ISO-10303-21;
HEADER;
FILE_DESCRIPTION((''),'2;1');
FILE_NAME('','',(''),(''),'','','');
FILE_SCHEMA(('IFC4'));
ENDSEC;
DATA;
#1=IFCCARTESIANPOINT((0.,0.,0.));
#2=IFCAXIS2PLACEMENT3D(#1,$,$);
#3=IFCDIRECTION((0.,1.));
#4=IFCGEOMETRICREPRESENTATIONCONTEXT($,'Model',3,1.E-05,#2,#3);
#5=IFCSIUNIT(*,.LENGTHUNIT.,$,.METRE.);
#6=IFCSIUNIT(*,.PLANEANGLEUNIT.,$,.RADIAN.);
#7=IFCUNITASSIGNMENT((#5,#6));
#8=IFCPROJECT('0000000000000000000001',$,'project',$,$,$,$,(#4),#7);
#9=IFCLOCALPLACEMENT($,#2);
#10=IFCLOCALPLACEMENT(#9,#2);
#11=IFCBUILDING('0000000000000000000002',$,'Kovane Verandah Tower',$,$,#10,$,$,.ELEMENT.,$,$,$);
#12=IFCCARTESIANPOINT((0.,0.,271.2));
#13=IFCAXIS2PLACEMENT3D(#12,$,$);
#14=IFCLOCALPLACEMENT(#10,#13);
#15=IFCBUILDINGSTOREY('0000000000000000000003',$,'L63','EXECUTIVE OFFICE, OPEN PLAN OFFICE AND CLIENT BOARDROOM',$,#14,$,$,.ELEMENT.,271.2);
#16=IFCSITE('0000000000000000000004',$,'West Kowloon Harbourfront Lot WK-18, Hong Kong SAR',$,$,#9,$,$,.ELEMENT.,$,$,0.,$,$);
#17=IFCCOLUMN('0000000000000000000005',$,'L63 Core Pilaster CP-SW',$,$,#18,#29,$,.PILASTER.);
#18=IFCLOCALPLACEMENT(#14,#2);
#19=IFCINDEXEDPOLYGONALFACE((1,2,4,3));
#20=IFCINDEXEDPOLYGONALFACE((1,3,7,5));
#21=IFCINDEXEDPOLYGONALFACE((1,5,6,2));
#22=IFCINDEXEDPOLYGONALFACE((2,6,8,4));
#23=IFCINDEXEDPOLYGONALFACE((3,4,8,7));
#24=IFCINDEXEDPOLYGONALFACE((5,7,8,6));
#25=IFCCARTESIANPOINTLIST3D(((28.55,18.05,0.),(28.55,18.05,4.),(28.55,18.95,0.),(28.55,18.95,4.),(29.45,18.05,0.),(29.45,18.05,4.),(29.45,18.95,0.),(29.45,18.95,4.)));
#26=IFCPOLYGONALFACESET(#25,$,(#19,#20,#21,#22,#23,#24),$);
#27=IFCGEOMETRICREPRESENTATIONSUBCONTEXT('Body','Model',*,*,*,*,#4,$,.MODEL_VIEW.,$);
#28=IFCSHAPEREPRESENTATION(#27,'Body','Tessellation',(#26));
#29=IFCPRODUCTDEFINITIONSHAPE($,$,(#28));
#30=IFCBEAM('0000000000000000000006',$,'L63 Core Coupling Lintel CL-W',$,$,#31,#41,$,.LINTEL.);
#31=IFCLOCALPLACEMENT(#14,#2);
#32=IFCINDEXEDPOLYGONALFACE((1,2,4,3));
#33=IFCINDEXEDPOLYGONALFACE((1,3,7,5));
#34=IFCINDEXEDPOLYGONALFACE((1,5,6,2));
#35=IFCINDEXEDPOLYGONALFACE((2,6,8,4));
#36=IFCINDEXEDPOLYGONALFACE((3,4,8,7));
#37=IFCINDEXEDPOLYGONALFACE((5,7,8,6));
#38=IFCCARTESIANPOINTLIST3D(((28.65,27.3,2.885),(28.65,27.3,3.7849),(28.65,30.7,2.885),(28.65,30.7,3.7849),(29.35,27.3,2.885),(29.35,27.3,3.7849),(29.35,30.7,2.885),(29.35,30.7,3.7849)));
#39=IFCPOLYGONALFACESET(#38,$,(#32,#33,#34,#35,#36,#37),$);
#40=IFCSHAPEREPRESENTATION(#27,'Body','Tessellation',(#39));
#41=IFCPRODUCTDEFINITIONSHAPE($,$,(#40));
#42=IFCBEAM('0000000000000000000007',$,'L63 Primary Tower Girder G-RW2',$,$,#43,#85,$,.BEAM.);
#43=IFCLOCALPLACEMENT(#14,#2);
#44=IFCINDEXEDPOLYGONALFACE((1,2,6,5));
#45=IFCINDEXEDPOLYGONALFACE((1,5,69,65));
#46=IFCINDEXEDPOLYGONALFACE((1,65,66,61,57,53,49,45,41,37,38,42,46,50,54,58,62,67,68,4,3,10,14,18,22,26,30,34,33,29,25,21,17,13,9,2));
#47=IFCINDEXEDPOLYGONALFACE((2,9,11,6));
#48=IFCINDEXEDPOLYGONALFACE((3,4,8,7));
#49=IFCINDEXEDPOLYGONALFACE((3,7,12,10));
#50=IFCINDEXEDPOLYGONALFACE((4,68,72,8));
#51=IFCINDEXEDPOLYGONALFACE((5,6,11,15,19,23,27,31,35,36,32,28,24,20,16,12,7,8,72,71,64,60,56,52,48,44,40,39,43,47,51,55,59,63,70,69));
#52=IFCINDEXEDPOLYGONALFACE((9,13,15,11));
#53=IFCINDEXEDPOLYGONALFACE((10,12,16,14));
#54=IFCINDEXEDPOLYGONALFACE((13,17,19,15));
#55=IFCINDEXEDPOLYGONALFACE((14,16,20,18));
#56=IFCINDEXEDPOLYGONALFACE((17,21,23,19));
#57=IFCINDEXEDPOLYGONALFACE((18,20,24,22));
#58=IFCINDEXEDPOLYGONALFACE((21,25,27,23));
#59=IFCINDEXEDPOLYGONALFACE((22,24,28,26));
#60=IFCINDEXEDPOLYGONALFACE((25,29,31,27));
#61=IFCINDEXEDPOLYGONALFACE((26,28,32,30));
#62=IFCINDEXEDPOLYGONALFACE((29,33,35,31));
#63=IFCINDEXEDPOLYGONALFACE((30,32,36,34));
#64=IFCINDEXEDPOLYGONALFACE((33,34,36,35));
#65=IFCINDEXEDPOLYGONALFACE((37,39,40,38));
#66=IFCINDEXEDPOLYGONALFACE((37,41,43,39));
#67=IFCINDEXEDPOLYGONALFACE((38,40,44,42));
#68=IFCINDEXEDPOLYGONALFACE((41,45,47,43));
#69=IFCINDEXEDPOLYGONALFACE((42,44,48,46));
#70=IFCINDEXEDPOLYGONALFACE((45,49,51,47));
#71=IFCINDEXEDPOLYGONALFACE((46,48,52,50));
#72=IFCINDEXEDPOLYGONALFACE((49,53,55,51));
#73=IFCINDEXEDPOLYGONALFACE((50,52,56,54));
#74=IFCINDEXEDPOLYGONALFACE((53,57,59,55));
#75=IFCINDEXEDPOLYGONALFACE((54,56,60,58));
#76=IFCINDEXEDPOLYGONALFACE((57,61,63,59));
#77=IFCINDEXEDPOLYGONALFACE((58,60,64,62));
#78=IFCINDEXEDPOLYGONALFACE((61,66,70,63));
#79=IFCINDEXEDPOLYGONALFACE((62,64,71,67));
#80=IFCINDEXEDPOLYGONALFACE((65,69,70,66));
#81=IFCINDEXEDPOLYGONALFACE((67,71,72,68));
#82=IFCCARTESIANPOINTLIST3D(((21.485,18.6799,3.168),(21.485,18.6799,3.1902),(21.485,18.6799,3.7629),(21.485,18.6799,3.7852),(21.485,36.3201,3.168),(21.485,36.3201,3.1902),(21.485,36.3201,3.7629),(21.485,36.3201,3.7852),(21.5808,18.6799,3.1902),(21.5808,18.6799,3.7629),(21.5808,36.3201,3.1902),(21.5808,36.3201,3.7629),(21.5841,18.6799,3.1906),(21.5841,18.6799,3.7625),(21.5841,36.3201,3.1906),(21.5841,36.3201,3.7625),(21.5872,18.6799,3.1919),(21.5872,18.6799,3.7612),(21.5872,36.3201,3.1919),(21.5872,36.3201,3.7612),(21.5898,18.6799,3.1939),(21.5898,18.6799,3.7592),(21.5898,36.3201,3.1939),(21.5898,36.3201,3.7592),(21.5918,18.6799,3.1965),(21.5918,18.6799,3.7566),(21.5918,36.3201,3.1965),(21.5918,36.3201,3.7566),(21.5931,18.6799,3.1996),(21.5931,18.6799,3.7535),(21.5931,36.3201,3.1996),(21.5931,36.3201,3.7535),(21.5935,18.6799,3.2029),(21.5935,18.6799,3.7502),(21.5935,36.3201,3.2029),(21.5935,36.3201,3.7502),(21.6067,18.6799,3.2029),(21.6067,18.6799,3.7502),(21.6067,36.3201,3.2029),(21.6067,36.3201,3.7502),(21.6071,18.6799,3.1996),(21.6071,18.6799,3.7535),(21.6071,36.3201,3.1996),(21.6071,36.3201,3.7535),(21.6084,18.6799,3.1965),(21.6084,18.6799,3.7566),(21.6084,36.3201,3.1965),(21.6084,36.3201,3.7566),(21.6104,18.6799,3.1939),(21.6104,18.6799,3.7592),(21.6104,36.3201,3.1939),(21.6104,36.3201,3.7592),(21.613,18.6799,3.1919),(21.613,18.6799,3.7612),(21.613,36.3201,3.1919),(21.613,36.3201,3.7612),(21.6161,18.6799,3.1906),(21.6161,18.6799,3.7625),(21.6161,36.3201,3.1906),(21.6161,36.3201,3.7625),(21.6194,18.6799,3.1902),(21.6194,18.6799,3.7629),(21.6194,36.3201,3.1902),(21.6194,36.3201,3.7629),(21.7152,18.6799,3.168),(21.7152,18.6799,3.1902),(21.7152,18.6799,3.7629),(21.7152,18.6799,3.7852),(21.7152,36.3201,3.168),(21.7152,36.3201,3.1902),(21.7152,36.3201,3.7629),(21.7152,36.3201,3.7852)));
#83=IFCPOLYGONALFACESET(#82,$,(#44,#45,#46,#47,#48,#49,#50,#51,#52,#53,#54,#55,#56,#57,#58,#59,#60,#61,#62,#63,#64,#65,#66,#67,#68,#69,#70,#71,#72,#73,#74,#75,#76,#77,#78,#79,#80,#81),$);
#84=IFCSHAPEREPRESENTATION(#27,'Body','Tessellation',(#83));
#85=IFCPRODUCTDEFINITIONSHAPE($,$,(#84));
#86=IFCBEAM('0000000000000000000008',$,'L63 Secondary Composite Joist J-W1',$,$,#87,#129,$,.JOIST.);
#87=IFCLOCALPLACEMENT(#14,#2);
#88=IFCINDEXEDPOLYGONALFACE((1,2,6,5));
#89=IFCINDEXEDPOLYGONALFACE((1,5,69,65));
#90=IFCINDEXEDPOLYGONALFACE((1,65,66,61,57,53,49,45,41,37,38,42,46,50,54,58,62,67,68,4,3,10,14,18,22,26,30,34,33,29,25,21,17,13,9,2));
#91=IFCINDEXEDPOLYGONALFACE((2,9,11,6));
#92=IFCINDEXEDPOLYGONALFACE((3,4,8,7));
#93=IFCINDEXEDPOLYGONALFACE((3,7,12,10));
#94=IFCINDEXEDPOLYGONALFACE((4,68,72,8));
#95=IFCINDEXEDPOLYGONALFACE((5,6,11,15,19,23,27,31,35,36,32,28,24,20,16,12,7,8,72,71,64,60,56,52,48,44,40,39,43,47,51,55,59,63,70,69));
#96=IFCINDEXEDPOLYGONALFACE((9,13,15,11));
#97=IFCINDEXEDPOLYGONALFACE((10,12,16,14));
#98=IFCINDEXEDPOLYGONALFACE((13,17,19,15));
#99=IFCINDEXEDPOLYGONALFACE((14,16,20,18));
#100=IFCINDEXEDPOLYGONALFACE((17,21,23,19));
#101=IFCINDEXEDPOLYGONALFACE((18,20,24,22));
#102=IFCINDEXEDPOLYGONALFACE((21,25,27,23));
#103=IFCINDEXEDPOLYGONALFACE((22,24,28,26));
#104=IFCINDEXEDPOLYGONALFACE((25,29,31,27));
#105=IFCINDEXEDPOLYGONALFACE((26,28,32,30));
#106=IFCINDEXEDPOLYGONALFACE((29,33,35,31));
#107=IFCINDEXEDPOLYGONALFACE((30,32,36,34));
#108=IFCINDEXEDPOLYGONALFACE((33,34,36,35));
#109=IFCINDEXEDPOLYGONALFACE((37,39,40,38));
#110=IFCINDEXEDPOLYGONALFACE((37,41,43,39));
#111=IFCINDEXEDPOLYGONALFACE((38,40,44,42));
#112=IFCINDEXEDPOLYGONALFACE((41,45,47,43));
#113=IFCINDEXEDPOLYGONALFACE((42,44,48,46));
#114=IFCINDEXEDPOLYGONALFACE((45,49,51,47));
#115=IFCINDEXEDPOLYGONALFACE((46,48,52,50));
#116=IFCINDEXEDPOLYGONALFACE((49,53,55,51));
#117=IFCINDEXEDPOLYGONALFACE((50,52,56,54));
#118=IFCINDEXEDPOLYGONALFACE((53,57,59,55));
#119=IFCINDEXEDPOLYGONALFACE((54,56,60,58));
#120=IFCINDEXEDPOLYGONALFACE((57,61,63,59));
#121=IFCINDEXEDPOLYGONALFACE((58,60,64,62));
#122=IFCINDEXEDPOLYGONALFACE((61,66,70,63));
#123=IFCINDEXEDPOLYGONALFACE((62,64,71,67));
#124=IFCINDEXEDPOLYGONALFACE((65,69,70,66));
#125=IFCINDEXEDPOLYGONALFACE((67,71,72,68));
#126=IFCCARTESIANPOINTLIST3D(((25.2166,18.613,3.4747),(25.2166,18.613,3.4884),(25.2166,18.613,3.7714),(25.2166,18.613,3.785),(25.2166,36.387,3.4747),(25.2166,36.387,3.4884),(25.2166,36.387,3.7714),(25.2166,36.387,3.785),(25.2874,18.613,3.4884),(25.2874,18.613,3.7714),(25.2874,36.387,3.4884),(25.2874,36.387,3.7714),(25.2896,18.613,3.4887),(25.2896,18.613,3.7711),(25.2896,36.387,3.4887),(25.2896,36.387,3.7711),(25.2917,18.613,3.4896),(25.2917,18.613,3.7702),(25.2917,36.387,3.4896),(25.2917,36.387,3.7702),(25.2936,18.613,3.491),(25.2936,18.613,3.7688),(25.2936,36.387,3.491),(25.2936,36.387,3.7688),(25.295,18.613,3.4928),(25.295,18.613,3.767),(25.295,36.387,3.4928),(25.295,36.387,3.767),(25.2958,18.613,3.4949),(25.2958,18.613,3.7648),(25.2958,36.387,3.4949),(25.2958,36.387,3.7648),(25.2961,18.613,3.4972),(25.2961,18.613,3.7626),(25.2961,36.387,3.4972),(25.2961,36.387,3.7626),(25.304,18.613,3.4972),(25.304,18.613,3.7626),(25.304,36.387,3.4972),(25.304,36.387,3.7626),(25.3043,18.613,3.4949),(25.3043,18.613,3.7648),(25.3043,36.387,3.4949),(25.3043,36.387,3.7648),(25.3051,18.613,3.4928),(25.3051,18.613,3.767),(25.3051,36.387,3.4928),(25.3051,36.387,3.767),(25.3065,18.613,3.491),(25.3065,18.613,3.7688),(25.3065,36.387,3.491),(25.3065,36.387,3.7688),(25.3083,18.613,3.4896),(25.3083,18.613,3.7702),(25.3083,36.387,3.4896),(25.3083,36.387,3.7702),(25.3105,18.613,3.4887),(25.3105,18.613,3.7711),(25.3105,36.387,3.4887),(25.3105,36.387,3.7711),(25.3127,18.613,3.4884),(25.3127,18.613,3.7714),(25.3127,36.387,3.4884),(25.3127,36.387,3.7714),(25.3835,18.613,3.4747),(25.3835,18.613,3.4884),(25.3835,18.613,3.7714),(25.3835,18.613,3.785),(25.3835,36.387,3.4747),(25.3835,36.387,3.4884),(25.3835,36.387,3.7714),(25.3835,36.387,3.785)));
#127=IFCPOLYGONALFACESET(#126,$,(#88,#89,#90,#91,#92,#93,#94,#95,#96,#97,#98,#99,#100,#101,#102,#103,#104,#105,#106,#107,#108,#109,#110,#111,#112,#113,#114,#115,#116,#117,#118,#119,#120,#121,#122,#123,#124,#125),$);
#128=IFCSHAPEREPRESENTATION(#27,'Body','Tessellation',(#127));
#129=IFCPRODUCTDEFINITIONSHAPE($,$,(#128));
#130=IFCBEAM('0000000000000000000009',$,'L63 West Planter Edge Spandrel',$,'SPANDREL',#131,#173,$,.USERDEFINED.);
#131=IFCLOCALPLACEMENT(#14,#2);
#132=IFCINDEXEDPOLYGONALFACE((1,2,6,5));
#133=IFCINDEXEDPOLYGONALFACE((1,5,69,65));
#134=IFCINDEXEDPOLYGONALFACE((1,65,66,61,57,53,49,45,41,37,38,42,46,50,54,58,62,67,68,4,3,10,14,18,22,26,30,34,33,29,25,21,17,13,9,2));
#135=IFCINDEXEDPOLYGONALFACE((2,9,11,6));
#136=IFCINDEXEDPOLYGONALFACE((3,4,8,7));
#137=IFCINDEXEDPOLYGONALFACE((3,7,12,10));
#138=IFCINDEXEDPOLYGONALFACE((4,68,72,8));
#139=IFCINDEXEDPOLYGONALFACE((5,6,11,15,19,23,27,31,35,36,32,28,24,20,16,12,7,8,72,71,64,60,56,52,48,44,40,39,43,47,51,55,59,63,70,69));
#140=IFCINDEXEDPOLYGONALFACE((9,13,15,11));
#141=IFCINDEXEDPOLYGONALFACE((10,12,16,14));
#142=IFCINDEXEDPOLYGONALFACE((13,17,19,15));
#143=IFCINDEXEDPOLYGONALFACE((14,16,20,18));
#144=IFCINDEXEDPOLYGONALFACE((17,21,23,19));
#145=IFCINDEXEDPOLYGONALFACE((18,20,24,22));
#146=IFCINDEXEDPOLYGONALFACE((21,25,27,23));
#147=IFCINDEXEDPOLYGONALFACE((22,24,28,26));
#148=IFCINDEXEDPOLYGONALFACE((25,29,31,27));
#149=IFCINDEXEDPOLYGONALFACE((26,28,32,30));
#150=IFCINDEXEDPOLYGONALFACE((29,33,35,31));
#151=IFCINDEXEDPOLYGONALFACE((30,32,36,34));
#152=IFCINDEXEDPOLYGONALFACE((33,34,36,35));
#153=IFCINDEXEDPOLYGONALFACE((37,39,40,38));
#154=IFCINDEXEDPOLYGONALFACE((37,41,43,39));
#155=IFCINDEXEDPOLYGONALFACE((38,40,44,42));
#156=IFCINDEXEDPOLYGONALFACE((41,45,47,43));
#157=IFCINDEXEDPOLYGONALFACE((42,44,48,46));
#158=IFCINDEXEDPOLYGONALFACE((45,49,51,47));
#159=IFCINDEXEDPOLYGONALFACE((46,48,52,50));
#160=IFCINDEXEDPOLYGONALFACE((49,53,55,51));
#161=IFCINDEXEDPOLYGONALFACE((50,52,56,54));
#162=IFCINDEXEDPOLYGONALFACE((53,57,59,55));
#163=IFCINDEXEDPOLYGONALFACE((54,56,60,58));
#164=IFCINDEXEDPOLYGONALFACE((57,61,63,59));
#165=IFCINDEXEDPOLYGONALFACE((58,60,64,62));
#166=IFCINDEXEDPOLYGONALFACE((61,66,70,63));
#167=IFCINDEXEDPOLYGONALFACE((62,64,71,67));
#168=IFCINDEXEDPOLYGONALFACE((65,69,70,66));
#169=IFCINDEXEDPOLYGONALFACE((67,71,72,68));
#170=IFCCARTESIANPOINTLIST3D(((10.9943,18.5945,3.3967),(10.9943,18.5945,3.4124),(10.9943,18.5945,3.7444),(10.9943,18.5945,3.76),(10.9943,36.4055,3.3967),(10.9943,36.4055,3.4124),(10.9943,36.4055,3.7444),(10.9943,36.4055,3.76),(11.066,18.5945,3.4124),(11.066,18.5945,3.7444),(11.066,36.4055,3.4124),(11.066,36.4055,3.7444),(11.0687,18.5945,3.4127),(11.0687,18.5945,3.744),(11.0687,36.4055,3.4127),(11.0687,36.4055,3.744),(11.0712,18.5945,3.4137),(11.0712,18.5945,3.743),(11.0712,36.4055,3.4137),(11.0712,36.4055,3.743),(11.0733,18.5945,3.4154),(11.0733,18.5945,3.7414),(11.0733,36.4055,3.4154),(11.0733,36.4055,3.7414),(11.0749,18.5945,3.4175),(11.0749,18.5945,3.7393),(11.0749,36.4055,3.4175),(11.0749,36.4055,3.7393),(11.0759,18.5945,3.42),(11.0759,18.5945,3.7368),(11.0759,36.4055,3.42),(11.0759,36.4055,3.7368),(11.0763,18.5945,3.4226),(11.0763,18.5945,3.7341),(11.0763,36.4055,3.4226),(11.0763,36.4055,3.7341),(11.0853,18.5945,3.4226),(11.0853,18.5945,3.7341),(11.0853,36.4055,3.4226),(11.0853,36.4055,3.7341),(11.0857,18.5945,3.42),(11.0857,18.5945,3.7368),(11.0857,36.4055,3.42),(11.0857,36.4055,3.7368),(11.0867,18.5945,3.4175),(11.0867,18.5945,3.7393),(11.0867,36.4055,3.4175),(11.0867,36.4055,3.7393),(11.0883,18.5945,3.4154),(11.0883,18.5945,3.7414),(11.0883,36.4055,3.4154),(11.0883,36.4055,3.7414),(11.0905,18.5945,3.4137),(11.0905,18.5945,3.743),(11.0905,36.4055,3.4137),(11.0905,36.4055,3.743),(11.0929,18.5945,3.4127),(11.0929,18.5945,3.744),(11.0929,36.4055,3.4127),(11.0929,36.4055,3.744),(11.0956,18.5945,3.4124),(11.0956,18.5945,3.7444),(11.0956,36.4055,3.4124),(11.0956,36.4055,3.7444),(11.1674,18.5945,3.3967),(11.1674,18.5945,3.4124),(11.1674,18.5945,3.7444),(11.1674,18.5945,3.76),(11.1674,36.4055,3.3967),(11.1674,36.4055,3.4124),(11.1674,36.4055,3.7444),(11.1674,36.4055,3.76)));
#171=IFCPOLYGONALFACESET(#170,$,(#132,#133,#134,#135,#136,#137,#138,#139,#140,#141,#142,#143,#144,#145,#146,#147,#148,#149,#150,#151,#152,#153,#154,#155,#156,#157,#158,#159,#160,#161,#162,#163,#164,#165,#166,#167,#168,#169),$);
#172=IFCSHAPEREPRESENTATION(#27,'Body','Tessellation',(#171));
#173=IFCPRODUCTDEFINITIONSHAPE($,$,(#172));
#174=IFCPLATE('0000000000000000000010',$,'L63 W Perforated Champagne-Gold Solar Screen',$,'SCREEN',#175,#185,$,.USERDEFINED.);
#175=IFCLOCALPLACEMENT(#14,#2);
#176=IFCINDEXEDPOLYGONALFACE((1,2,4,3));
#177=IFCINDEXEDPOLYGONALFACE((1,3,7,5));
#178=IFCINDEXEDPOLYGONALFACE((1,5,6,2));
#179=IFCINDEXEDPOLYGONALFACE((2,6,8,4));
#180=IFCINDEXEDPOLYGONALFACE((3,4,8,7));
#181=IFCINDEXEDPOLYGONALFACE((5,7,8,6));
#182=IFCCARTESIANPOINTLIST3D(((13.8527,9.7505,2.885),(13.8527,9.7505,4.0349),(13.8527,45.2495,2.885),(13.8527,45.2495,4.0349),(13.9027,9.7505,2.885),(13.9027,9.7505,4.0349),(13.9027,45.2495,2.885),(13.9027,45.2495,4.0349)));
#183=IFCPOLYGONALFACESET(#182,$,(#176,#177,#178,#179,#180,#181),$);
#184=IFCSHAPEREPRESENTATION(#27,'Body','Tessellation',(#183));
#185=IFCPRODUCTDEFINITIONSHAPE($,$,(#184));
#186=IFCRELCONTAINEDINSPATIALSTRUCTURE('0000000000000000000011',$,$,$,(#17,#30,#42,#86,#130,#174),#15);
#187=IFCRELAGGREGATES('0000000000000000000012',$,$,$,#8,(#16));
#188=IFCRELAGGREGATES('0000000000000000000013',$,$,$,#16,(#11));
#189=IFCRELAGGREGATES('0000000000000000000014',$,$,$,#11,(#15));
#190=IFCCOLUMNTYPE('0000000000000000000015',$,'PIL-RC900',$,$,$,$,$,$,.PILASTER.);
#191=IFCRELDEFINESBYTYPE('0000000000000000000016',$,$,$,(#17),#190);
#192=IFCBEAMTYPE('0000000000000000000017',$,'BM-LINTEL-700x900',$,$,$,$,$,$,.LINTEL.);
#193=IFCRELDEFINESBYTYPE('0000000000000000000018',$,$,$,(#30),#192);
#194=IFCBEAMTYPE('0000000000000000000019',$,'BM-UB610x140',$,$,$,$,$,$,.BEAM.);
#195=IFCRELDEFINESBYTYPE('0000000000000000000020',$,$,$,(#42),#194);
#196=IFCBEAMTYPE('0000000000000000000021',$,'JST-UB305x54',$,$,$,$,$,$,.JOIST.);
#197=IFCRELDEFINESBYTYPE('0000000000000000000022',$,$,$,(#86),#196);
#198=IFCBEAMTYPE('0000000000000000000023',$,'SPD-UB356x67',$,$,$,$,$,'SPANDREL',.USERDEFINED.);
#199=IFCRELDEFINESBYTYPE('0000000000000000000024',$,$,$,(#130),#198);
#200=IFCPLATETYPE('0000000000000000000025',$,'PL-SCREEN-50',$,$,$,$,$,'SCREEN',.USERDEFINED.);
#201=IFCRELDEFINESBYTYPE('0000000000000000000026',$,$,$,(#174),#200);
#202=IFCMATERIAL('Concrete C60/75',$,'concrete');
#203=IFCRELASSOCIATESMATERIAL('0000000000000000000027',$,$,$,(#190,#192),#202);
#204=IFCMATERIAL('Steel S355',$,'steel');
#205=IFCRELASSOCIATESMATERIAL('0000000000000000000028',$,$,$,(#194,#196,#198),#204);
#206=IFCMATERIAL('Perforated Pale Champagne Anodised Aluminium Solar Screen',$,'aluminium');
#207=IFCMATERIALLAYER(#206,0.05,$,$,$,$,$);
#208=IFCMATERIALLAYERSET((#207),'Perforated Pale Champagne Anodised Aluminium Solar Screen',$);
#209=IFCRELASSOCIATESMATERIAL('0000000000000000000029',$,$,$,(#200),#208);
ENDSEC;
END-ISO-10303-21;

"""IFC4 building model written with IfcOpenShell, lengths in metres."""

from ifc_helpers import new_model, si_unit, direction, frame, origin, origin_2d, place, context, subcontext, project, spatial, rectangle, i_section, extrude, material, layer, layer_set, material_profile, profile_set, type_object, element, save


model = new_model("IFC4")

# Units and contexts
model_context = context("Model", 3, precision=1e-05, world=origin(), true_north=direction((0.0, 1.0)))
body_context = subcontext(model_context, "Body", "Model", "MODEL_VIEW")
ifc_project = project(units=[si_unit("LENGTHUNIT", "METRE"), si_unit("PLANEANGLEUNIT", "RADIAN")], contexts=[model_context])

# Site, building, storey
site_placement = place(None, origin())
site = spatial("IfcSite", under=ifc_project, at=site_placement, Name="West Kowloon Harbourfront Lot WK-18, Hong Kong SAR", CompositionType="ELEMENT", RefElevation=0.0)
building_placement = place(site_placement, origin())
building = spatial("IfcBuilding", under=site, at=building_placement, Name="Kovane Verandah Tower", CompositionType="ELEMENT")
storey_placement = place(building_placement, frame((0.0, 0.0, 271.2)))
storey = spatial("IfcBuildingStorey", under=building, at=storey_placement, Name="L63", Description="EXECUTIVE OFFICE, OPEN PLAN OFFICE AND CLIENT BOARDROOM", CompositionType="ELEMENT", Elevation=271.2)

# Column
ifc_material_1 = material(Name="Concrete C60/75", Category="concrete")
ifc_material_profile_1 = material_profile(ifc_material_1, rectangle(XDim=0.8999, YDim=0.8999, at=origin_2d()), Name="RC900x900")
ifc_profile_set_1 = profile_set([ifc_material_profile_1], Name="Concrete C60/75")
column_type = type_object("IfcColumnType", Name="PIL-RC900", PredefinedType="PILASTER", material=ifc_profile_set_1)
column_placement = place(storey_placement, frame((29.0, 18.5, 0.0), z_axis=(0.0, 0.0, 1.0), x_axis=(1.0, 0.0, 0.0)))
element("IfcColumn", 1, at=column_placement, inside=storey, type_object=column_type, Name="L63 Core Pilaster CP-SW", PredefinedType="PILASTER", context=body_context, shape_type="SweptSolid", body=[
    extrude(rectangle(XDim=0.8999, YDim=0.8999, at=origin_2d()), origin(), (0.0, 0.0, 1.0), 4.0),
])

# Beams
ifc_material_profile_2 = material_profile(ifc_material_1, rectangle(XDim=0.7, YDim=0.8999, at=origin_2d()), Name="RCB700x900")
ifc_profile_set_2 = profile_set([ifc_material_profile_2], Name="Concrete C60/75")
beam_type_1 = type_object("IfcBeamType", Name="BM-LINTEL-700x900", PredefinedType="LINTEL", material=ifc_profile_set_2)
beam_1_placement = place(storey_placement, frame((29.0, 27.3, 3.335), z_axis=(0.0, 1.0, 0.0), x_axis=(-1.0, 0.0, 0.0)))
element("IfcBeam", 2, at=beam_1_placement, inside=storey, type_object=beam_type_1, Name="L63 Core Coupling Lintel CL-W", PredefinedType="LINTEL", context=body_context, shape_type="SweptSolid", body=[
    extrude(rectangle(XDim=0.7, YDim=0.8999, at=origin_2d()), origin(), (0.0, 0.0, 1.0), 3.3999),
])
ifc_material_2 = material(Name="Steel S355", Category="steel")
ifc_material_profile_3 = material_profile(ifc_material_2, i_section(OverallWidth=0.2302, OverallDepth=0.6172, WebThickness=0.0132, FlangeThickness=0.0222, FilletRadius=0.0127, at=origin_2d()), Name="UB610x229x140")
ifc_profile_set_3 = profile_set([ifc_material_profile_3], Name="Steel S355")
beam_type_2 = type_object("IfcBeamType", Name="BM-UB610x140", PredefinedType="BEAM", material=ifc_profile_set_3)
beam_2_placement = place(storey_placement, frame((21.6001, 18.6799, 3.4766), z_axis=(0.0, 1.0, 0.0), x_axis=(-1.0, 0.0, 0.0)))
element("IfcBeam", 3, at=beam_2_placement, inside=storey, type_object=beam_type_2, Name="L63 Primary Tower Girder G-RW2", PredefinedType="BEAM", context=body_context, shape_type="SweptSolid", body=[
    extrude(i_section(OverallWidth=0.2302, OverallDepth=0.6172, WebThickness=0.0132, FlangeThickness=0.0222, FilletRadius=0.0127, at=origin_2d()), origin(), (0.0, 0.0, 1.0), 17.6401),
])
ifc_material_profile_4 = material_profile(ifc_material_2, i_section(OverallWidth=0.167, OverallDepth=0.3103, WebThickness=0.0078, FlangeThickness=0.0137, FilletRadius=0.0088, at=origin_2d()), Name="UB305x165x54")
ifc_profile_set_4 = profile_set([ifc_material_profile_4], Name="Steel S355")
beam_type_3 = type_object("IfcBeamType", Name="JST-UB305x54", PredefinedType="JOIST", material=ifc_profile_set_4)
beam_3_placement = place(storey_placement, frame((25.3, 18.613, 3.6299), z_axis=(0.0, 1.0, 0.0), x_axis=(-1.0, 0.0, 0.0)))
element("IfcBeam", 4, at=beam_3_placement, inside=storey, type_object=beam_type_3, Name="L63 Secondary Composite Joist J-W1", PredefinedType="JOIST", context=body_context, shape_type="SweptSolid", body=[
    extrude(i_section(OverallWidth=0.167, OverallDepth=0.3103, WebThickness=0.0078, FlangeThickness=0.0137, FilletRadius=0.0088, at=origin_2d()), origin(), (0.0, 0.0, 1.0), 17.7739),
])
ifc_material_profile_5 = material_profile(ifc_material_2, i_section(OverallWidth=0.1731, OverallDepth=0.3633, WebThickness=0.009, FlangeThickness=0.0156, FilletRadius=0.0103, at=origin_2d()), Name="UB356x171x67")
ifc_profile_set_5 = profile_set([ifc_material_profile_5], Name="Steel S355")
beam_type_4 = type_object("IfcBeamType", Name="SPD-UB356x67", ElementType="SPANDREL", PredefinedType="USERDEFINED", material=ifc_profile_set_5)
beam_4_placement = place(storey_placement, frame((11.0808, 18.5945, 3.5784), z_axis=(0.0, 1.0, 0.0), x_axis=(-1.0, 0.0, 0.0)))
element("IfcBeam", 5, at=beam_4_placement, inside=storey, type_object=beam_type_4, Name="L63 West Planter Edge Spandrel", ObjectType="SPANDREL", PredefinedType="USERDEFINED", context=body_context, shape_type="SweptSolid", body=[
    extrude(i_section(OverallWidth=0.1731, OverallDepth=0.3633, WebThickness=0.009, FlangeThickness=0.0156, FilletRadius=0.0103, at=origin_2d()), origin(), (0.0, 0.0, 1.0), 17.811),
])

# Plate
ifc_material_3 = material(Name="Perforated Pale Champagne Anodised Aluminium Solar Screen", Category="aluminium")
ifc_layer_1 = layer(ifc_material_3, 0.05)
ifc_layer_set_1 = layer_set([ifc_layer_1], Name="Perforated Pale Champagne Anodised Aluminium Solar Screen")
plate_type = type_object("IfcPlateType", Name="PL-SCREEN-50", ElementType="SCREEN", PredefinedType="USERDEFINED", material=ifc_layer_set_1)
plate_placement = place(storey_placement, frame((13.8777, 27.5, 2.885), z_axis=(0.0, 0.0, 1.0), x_axis=(0.0, -1.0, 0.0)))
element("IfcPlate", 6, at=plate_placement, inside=storey, type_object=plate_type, Name="L63 W Perforated Champagne-Gold Solar Screen", ObjectType="SCREEN", PredefinedType="USERDEFINED", context=body_context, shape_type="SweptSolid", body=[
    extrude(rectangle(XDim=35.499, YDim=0.05, at=origin_2d()), origin(), (0.0, 0.0, 1.0), 1.1499),
])

save(model, "model.ifc")
